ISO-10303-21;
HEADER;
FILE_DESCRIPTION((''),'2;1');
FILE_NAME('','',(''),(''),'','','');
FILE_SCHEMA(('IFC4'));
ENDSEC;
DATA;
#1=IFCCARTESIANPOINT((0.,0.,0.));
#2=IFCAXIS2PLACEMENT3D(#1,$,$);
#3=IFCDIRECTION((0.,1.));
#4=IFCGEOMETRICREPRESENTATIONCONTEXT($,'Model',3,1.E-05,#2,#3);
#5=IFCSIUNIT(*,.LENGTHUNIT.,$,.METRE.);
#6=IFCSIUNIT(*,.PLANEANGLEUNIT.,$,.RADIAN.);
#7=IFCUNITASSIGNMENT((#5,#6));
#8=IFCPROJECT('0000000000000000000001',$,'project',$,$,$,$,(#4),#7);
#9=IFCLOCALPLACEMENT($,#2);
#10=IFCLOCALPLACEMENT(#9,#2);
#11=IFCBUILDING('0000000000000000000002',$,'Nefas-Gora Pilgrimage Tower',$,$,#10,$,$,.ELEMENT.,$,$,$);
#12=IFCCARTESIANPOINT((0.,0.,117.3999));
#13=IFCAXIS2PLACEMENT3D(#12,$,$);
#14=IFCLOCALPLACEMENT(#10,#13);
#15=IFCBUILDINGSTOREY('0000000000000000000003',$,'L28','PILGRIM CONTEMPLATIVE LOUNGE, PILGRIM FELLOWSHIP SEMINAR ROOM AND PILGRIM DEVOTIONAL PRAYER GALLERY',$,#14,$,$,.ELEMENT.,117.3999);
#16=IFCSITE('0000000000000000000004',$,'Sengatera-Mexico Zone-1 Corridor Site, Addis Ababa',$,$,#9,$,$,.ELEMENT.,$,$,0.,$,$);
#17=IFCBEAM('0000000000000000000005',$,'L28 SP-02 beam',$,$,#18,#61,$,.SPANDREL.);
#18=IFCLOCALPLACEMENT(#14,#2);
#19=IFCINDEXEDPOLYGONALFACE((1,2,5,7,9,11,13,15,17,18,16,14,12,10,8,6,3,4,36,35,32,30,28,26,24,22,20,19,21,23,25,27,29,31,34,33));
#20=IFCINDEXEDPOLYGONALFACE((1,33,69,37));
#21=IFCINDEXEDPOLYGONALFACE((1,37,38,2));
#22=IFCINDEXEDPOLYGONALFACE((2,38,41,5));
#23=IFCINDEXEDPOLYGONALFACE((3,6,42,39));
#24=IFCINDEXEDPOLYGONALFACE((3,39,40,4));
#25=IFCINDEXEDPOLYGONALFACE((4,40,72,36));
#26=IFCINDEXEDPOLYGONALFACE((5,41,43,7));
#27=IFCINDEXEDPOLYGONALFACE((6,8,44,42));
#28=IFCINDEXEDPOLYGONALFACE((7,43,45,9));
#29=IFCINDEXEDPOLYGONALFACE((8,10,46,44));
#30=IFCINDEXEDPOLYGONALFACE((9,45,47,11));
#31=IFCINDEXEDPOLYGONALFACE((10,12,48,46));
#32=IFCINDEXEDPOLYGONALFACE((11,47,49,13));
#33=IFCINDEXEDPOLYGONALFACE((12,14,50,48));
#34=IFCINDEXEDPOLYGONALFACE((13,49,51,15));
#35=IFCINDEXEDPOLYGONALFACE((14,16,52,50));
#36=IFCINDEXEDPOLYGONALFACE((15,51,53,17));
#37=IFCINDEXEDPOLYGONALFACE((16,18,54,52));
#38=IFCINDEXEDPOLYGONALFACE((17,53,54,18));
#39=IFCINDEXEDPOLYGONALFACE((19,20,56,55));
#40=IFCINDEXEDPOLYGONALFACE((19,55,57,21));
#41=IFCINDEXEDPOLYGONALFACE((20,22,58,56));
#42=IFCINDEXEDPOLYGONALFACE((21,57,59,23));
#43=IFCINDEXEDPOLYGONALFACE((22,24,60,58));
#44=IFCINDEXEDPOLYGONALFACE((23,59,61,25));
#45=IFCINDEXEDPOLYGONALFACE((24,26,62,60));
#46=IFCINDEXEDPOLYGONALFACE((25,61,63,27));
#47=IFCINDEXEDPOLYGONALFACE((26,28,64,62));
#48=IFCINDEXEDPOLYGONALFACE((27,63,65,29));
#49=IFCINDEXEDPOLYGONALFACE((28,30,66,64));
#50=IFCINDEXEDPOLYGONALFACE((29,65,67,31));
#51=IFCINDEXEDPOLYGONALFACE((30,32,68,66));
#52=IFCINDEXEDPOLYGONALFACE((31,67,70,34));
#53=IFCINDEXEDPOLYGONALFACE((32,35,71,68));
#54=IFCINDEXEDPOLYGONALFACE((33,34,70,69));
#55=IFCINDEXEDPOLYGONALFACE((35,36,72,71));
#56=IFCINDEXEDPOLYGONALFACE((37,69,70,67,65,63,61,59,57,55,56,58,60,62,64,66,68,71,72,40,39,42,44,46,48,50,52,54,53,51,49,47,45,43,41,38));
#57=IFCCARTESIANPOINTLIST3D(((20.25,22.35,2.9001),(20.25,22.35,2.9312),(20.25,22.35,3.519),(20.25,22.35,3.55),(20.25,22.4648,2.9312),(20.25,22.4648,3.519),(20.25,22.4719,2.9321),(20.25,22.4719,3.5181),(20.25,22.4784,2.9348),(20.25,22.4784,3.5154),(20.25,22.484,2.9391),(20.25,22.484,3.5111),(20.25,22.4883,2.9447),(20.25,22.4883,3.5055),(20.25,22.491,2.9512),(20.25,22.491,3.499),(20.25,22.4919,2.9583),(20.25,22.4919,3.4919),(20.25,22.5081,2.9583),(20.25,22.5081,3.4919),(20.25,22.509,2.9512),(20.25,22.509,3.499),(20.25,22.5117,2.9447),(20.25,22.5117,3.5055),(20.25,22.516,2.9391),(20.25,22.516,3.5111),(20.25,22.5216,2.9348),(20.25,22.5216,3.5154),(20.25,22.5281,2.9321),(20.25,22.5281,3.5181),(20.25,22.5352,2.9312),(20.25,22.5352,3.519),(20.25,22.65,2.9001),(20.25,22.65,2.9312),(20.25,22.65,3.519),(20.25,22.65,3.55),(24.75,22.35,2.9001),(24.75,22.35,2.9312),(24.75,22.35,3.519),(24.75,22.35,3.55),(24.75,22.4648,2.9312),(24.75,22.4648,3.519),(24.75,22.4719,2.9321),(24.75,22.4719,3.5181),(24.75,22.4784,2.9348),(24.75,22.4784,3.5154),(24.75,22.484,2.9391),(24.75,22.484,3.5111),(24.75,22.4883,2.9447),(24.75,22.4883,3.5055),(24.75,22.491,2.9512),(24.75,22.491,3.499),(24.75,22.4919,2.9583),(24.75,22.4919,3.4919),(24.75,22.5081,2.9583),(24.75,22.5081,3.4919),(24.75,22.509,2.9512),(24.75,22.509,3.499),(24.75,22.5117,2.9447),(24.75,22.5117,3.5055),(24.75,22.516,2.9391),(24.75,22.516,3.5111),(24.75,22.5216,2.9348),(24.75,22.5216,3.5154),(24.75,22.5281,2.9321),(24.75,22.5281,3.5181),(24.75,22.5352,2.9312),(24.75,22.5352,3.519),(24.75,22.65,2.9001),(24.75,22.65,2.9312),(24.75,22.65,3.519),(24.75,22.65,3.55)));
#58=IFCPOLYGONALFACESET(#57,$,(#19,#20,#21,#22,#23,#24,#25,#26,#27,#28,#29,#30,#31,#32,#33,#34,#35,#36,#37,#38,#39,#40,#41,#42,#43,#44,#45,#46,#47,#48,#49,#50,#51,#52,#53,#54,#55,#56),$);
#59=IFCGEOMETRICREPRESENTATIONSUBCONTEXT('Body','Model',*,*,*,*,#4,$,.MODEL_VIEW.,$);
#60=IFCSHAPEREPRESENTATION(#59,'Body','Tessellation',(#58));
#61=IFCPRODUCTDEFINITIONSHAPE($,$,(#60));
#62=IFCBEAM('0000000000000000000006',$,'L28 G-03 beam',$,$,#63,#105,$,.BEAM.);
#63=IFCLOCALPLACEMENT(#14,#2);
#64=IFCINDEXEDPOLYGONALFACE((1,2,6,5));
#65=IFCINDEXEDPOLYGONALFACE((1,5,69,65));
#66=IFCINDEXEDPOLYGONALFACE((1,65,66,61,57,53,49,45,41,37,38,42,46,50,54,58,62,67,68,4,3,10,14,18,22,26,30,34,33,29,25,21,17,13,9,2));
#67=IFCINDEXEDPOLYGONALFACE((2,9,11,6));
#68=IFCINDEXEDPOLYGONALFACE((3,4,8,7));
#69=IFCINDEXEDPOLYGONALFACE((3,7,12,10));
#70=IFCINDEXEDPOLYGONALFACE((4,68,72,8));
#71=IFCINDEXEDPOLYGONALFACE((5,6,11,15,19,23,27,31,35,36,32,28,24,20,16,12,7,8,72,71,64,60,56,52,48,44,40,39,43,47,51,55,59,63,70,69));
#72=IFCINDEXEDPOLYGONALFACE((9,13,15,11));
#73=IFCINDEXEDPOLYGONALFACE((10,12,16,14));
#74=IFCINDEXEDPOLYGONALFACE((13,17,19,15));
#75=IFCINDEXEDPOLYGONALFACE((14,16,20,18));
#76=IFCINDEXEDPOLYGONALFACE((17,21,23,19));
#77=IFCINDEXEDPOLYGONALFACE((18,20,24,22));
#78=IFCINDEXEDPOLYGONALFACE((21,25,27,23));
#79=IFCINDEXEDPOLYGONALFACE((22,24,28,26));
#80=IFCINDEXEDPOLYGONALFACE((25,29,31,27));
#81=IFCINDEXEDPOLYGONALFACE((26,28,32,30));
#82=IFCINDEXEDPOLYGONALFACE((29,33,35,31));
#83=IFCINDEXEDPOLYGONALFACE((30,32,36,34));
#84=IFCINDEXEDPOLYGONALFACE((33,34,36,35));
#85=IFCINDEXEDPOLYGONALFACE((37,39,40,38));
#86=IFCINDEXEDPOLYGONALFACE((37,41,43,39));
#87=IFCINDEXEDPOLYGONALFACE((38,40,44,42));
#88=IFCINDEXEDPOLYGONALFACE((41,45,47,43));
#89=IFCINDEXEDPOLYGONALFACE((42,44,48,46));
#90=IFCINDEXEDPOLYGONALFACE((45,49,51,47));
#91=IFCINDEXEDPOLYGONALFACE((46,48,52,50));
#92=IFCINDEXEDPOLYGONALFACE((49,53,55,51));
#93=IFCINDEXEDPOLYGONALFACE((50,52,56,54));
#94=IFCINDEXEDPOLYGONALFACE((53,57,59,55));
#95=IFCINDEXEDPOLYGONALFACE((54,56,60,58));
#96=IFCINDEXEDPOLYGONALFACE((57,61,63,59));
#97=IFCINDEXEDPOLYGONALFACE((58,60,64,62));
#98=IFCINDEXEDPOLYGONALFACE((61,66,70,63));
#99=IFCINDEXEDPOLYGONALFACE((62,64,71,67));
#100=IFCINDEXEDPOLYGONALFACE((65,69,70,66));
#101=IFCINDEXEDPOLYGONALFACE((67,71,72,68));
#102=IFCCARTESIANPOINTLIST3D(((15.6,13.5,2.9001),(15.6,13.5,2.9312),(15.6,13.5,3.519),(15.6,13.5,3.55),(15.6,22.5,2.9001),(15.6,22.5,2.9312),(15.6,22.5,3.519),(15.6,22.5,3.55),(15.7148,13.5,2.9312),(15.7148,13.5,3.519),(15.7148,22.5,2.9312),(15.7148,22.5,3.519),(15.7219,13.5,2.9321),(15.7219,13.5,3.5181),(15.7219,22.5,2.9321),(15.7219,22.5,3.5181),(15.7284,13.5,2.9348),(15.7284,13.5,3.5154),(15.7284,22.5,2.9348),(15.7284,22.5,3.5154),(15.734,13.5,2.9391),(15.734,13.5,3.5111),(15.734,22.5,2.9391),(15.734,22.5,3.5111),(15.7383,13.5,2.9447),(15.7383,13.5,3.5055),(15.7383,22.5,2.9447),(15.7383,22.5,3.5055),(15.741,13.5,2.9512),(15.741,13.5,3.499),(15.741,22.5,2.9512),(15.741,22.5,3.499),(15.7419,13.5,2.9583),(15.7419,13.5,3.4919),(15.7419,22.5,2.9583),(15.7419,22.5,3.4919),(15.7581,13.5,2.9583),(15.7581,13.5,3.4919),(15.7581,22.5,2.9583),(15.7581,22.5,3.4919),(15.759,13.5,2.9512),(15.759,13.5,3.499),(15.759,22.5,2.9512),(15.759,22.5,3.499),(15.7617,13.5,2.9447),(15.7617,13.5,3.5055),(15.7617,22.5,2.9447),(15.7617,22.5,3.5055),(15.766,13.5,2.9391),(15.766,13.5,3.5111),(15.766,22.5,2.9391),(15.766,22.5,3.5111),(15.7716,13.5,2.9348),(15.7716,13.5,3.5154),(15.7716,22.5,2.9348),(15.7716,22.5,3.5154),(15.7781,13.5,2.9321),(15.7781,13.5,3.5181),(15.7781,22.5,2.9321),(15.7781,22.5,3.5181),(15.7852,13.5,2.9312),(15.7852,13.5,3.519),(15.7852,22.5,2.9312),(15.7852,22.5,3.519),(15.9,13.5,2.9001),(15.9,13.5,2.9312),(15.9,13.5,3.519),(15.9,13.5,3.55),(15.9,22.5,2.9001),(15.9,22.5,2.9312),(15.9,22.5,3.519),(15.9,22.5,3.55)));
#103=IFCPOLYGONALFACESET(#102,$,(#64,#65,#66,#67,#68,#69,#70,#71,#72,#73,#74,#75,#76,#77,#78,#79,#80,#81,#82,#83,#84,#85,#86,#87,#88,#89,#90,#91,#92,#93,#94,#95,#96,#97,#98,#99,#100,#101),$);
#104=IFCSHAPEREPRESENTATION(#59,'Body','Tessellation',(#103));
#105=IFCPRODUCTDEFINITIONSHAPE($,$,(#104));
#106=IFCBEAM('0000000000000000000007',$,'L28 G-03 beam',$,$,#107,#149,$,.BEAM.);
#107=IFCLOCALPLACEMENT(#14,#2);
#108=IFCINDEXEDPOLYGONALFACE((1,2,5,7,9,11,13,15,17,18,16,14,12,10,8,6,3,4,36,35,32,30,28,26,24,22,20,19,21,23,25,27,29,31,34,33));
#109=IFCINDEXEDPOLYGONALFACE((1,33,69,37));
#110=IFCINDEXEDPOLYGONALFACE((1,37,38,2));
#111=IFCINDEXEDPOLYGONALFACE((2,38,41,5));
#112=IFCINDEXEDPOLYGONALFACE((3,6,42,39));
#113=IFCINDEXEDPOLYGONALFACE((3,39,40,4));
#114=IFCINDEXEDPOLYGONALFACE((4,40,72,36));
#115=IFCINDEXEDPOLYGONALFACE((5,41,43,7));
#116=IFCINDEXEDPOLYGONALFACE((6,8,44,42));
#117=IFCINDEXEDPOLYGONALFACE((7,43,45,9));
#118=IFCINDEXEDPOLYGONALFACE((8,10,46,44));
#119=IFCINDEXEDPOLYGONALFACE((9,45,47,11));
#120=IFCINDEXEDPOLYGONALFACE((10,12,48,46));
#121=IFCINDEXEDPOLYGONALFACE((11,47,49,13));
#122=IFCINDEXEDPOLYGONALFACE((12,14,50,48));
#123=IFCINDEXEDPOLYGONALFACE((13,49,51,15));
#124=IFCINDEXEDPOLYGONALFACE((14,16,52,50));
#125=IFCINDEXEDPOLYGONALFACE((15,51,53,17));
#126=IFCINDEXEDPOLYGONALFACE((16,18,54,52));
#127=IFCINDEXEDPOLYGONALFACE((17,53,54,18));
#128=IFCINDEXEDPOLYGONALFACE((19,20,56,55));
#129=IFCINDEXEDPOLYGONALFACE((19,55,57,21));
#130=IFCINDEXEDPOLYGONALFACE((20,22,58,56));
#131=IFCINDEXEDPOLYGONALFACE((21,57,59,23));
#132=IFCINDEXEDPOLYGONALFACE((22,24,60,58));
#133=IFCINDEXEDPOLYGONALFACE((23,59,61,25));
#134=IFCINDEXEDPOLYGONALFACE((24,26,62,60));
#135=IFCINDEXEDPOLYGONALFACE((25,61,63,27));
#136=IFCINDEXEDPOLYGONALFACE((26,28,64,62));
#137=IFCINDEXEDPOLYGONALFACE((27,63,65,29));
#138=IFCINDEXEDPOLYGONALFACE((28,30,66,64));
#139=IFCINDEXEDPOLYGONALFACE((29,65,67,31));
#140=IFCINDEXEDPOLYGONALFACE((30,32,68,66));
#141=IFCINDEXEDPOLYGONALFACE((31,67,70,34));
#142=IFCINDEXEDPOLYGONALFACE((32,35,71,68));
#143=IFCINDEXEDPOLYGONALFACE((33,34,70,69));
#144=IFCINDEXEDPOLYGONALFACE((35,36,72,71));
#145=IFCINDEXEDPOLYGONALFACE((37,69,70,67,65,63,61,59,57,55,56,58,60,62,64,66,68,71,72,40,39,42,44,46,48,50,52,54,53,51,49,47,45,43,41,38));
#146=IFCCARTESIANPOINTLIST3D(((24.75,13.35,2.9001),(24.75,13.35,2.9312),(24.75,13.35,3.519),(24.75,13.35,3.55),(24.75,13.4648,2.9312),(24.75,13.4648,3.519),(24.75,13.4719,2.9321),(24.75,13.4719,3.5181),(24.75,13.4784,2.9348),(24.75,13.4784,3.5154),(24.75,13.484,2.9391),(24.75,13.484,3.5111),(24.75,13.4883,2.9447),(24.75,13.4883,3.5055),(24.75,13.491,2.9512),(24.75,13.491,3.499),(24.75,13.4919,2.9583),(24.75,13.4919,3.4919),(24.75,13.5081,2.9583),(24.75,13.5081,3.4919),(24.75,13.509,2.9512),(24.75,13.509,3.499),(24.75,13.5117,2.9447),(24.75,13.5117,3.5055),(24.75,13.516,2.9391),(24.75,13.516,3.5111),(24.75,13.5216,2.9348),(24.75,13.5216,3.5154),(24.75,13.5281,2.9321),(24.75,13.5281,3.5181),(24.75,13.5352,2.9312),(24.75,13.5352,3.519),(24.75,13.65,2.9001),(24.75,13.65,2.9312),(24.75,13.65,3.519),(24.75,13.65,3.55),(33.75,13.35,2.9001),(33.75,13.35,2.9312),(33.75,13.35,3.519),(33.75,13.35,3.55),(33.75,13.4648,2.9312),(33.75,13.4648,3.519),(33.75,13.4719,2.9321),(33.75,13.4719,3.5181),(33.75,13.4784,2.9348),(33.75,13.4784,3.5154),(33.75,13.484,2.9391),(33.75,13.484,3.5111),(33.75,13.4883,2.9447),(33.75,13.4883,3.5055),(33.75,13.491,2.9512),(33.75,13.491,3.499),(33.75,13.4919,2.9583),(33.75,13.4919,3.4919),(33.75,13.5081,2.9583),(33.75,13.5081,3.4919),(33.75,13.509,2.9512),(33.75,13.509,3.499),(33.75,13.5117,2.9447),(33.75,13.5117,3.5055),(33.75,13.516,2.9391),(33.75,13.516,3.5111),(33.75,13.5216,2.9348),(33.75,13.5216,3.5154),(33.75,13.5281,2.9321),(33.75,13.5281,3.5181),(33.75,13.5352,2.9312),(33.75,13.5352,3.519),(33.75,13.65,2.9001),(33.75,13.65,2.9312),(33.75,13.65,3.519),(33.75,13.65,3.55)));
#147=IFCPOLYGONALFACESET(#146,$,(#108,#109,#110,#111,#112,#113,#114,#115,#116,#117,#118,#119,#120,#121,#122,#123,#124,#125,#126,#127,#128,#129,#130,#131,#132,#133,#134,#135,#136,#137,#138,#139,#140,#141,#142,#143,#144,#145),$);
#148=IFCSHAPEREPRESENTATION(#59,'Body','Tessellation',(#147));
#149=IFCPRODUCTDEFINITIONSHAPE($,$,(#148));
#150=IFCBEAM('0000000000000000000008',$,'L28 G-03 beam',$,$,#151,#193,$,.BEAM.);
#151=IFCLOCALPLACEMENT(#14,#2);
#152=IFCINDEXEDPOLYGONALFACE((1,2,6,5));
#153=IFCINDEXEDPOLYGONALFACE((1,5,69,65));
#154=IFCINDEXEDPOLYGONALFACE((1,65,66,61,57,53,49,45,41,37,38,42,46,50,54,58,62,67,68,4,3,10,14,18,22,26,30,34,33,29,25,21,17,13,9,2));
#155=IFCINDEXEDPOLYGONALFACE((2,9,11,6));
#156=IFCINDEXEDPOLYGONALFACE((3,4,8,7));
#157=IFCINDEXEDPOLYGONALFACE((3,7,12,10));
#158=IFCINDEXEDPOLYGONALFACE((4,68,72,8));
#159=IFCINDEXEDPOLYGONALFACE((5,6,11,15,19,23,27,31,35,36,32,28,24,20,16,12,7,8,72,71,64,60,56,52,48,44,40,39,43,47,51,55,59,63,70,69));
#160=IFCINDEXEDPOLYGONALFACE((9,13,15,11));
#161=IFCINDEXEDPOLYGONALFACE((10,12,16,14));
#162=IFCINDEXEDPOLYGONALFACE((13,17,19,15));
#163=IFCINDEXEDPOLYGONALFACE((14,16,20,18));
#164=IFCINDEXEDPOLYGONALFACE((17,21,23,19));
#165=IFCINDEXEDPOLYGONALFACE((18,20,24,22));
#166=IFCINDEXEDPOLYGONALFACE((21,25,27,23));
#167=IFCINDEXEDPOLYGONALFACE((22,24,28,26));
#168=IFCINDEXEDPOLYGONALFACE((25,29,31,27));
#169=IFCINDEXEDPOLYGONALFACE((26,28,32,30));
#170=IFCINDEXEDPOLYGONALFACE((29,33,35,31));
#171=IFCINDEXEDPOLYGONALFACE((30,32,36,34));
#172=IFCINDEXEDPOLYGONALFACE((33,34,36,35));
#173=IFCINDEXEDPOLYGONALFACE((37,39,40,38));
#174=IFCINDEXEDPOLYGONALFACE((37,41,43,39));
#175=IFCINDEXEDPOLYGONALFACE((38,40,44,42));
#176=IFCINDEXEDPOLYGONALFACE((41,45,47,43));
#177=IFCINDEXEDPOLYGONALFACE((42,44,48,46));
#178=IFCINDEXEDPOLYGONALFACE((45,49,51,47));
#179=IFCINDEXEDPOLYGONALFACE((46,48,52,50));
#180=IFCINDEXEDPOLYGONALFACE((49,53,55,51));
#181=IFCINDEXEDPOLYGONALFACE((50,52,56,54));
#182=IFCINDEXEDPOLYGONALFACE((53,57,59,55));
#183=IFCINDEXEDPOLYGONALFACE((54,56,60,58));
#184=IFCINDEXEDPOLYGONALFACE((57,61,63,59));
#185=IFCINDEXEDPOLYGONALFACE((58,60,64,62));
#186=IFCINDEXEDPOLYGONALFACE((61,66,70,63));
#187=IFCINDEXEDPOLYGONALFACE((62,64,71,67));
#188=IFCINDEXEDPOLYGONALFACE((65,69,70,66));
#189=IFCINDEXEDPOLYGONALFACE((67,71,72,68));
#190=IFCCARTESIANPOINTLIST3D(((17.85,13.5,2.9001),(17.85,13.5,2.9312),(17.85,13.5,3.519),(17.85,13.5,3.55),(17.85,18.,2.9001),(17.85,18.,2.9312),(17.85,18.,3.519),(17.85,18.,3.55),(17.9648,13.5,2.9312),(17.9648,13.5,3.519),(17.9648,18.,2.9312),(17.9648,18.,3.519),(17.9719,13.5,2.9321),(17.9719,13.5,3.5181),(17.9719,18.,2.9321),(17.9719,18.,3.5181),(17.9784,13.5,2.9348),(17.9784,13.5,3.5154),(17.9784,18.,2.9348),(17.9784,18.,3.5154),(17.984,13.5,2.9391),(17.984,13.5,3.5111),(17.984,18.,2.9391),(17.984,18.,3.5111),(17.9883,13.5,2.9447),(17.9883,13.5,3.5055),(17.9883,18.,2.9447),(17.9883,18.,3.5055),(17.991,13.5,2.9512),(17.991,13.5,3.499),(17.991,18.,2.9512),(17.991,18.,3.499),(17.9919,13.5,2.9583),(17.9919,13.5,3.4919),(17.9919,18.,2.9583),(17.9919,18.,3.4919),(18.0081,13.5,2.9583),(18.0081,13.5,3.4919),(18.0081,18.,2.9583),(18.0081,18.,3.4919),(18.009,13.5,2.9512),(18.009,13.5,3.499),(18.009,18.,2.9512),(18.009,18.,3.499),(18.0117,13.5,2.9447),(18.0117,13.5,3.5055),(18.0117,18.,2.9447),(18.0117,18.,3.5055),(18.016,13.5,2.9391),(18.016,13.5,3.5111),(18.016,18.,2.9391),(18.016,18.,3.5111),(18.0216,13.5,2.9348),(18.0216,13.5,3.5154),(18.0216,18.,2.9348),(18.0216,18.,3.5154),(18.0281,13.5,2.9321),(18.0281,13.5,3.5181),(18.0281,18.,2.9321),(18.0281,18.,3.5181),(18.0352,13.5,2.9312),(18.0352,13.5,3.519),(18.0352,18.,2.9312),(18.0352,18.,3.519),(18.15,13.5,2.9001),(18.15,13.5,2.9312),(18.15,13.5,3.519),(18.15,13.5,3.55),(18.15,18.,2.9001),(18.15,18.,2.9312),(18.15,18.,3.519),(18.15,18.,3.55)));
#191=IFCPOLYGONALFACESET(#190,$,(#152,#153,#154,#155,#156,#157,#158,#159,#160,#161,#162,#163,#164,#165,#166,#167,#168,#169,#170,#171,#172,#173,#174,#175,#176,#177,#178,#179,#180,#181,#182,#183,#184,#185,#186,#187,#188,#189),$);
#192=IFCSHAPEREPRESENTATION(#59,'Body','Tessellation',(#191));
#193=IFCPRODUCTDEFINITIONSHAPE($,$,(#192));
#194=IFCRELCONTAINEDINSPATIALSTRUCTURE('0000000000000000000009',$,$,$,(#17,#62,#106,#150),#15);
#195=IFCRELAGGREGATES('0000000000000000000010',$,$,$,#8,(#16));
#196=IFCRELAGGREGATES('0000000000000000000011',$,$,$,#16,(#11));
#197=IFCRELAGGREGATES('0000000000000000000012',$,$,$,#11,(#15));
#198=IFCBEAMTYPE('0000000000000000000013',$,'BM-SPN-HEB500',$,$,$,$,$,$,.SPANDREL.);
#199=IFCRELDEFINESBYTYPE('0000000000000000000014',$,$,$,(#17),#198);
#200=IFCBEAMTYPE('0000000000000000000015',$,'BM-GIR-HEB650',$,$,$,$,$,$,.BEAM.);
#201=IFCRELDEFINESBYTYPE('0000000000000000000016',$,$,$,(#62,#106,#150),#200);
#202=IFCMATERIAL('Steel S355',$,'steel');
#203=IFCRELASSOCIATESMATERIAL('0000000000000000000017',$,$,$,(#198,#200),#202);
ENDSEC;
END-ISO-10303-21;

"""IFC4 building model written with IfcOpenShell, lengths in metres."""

from ifc_helpers import new_model, si_unit, direction, frame, origin, origin_2d, place, context, subcontext, project, spatial, i_section, extrude, source, transform, mapped, material, material_profile, profile_set, type_object, element, save


model = new_model("IFC4")

# Units and contexts
model_context = context("Model", 3, precision=1e-05, world=origin(), true_north=direction((0.0, 1.0)))
body_context = subcontext(model_context, "Body", "Model", "MODEL_VIEW")
ifc_project = project(units=[si_unit("LENGTHUNIT", "METRE"), si_unit("PLANEANGLEUNIT", "RADIAN")], contexts=[model_context])

# Site, building, storey
site_placement = place(None, origin())
site = spatial("IfcSite", under=ifc_project, at=site_placement, Name="Sengatera-Mexico Zone-1 Corridor Site, Addis Ababa", CompositionType="ELEMENT", RefElevation=0.0)
building_placement = place(site_placement, origin())
building = spatial("IfcBuilding", under=site, at=building_placement, Name="Nefas-Gora Pilgrimage Tower", CompositionType="ELEMENT")
storey_placement = place(building_placement, frame((0.0, 0.0, 117.3999)))
storey = spatial("IfcBuildingStorey", under=building, at=storey_placement, Name="L28", Description="PILGRIM CONTEMPLATIVE LOUNGE, PILGRIM FELLOWSHIP SEMINAR ROOM AND PILGRIM DEVOTIONAL PRAYER GALLERY", CompositionType="ELEMENT", Elevation=117.3999)

# Beams
ifc_material_1 = material(Name="Steel S355", Category="steel")
ifc_material_profile_1 = material_profile(ifc_material_1, i_section(OverallWidth=0.3, OverallDepth=0.6499, WebThickness=0.0161, FlangeThickness=0.031, FilletRadius=0.0271, at=origin_2d()), Name="HEB 650")
ifc_profile_set_1 = profile_set([ifc_material_profile_1], Name="Steel S355")
beam_type_1 = type_object("IfcBeamType", Name="BM-SPN-HEB500", PredefinedType="SPANDREL", material=ifc_profile_set_1)
shared_shape_1 = source(origin(), body_context, "Body", "SweptSolid", [
    extrude(i_section(OverallWidth=0.3, OverallDepth=0.6499, WebThickness=0.0161, FlangeThickness=0.031, FilletRadius=0.0271, at=origin_2d()), origin(), (0.0, 0.0, 1.0), 4.5),
])
beam_1_placement = place(storey_placement, frame((20.25, 22.5, 3.2251), z_axis=(1.0, 0.0, 0.0), x_axis=(0.0, 1.0, 0.0)))
element("IfcBeam", 1, at=beam_1_placement, inside=storey, type_object=beam_type_1, Name="L28 SP-02 beam", PredefinedType="SPANDREL", context=body_context, shape_type="MappedRepresentation", body=[
    mapped(shared_shape_1, transform((0.0, 0.0, 0.0), x_axis=(1.0, 0.0, 0.0), y_axis=(0.0, 1.0, 0.0), z_axis=(0.0, 0.0, 1.0), scale=1.0)),
])
ifc_material_profile_2 = material_profile(ifc_material_1, i_section(OverallWidth=0.3, OverallDepth=0.6499, WebThickness=0.0161, FlangeThickness=0.031, FilletRadius=0.0271, at=origin_2d()), Name="HEB 650")
ifc_profile_set_2 = profile_set([ifc_material_profile_2], Name="Steel S355")
beam_type_2 = type_object("IfcBeamType", Name="BM-GIR-HEB650", PredefinedType="BEAM", material=ifc_profile_set_2)
shared_shape_2 = source(origin(), body_context, "Body", "SweptSolid", [
    extrude(i_section(OverallWidth=0.3, OverallDepth=0.6499, WebThickness=0.0161, FlangeThickness=0.031, FilletRadius=0.0271, at=origin_2d()), origin(), (0.0, 0.0, 1.0), 9.0),
])
for number, where, z_axis, x_axis, name in (
    (2, (15.75, 13.5, 3.2251), (0.0, 1.0, 0.0), (-1.0, 0.0, 0.0), "L28 G-03 beam"),
    (3, (24.75, 13.5, 3.2251), (1.0, 0.0, 0.0), (0.0, 1.0, 0.0), "L28 G-03 beam"),
):
    element("IfcBeam", number, at=place(storey_placement, frame(where, z_axis=z_axis, x_axis=x_axis)), inside=storey, type_object=beam_type_2, Name=name, PredefinedType="BEAM", context=body_context, shape_type="MappedRepresentation", body=[
        mapped(shared_shape_2, transform((0.0, 0.0, 0.0), x_axis=(1.0, 0.0, 0.0), y_axis=(0.0, 1.0, 0.0), z_axis=(0.0, 0.0, 1.0), scale=1.0)),
    ])
shared_shape_3 = source(origin(), body_context, "Body", "SweptSolid", [
    extrude(i_section(OverallWidth=0.3, OverallDepth=0.6499, WebThickness=0.0161, FlangeThickness=0.031, FilletRadius=0.0271, at=origin_2d()), origin(), (0.0, 0.0, 1.0), 4.5),
])
for number, where, z_axis, x_axis, name in (
    (4, (18.0, 13.5, 3.2251), (0.0, 1.0, 0.0), (-1.0, 0.0, 0.0), "L28 G-03 beam"),
):
    element("IfcBeam", number, at=place(storey_placement, frame(where, z_axis=z_axis, x_axis=x_axis)), inside=storey, type_object=beam_type_2, Name=name, PredefinedType="BEAM", context=body_context, shape_type="MappedRepresentation", body=[
        mapped(shared_shape_3, transform((0.0, 0.0, 0.0), x_axis=(1.0, 0.0, 0.0), y_axis=(0.0, 1.0, 0.0), z_axis=(0.0, 0.0, 1.0), scale=1.0)),
    ])

save(model, "model.ifc")
